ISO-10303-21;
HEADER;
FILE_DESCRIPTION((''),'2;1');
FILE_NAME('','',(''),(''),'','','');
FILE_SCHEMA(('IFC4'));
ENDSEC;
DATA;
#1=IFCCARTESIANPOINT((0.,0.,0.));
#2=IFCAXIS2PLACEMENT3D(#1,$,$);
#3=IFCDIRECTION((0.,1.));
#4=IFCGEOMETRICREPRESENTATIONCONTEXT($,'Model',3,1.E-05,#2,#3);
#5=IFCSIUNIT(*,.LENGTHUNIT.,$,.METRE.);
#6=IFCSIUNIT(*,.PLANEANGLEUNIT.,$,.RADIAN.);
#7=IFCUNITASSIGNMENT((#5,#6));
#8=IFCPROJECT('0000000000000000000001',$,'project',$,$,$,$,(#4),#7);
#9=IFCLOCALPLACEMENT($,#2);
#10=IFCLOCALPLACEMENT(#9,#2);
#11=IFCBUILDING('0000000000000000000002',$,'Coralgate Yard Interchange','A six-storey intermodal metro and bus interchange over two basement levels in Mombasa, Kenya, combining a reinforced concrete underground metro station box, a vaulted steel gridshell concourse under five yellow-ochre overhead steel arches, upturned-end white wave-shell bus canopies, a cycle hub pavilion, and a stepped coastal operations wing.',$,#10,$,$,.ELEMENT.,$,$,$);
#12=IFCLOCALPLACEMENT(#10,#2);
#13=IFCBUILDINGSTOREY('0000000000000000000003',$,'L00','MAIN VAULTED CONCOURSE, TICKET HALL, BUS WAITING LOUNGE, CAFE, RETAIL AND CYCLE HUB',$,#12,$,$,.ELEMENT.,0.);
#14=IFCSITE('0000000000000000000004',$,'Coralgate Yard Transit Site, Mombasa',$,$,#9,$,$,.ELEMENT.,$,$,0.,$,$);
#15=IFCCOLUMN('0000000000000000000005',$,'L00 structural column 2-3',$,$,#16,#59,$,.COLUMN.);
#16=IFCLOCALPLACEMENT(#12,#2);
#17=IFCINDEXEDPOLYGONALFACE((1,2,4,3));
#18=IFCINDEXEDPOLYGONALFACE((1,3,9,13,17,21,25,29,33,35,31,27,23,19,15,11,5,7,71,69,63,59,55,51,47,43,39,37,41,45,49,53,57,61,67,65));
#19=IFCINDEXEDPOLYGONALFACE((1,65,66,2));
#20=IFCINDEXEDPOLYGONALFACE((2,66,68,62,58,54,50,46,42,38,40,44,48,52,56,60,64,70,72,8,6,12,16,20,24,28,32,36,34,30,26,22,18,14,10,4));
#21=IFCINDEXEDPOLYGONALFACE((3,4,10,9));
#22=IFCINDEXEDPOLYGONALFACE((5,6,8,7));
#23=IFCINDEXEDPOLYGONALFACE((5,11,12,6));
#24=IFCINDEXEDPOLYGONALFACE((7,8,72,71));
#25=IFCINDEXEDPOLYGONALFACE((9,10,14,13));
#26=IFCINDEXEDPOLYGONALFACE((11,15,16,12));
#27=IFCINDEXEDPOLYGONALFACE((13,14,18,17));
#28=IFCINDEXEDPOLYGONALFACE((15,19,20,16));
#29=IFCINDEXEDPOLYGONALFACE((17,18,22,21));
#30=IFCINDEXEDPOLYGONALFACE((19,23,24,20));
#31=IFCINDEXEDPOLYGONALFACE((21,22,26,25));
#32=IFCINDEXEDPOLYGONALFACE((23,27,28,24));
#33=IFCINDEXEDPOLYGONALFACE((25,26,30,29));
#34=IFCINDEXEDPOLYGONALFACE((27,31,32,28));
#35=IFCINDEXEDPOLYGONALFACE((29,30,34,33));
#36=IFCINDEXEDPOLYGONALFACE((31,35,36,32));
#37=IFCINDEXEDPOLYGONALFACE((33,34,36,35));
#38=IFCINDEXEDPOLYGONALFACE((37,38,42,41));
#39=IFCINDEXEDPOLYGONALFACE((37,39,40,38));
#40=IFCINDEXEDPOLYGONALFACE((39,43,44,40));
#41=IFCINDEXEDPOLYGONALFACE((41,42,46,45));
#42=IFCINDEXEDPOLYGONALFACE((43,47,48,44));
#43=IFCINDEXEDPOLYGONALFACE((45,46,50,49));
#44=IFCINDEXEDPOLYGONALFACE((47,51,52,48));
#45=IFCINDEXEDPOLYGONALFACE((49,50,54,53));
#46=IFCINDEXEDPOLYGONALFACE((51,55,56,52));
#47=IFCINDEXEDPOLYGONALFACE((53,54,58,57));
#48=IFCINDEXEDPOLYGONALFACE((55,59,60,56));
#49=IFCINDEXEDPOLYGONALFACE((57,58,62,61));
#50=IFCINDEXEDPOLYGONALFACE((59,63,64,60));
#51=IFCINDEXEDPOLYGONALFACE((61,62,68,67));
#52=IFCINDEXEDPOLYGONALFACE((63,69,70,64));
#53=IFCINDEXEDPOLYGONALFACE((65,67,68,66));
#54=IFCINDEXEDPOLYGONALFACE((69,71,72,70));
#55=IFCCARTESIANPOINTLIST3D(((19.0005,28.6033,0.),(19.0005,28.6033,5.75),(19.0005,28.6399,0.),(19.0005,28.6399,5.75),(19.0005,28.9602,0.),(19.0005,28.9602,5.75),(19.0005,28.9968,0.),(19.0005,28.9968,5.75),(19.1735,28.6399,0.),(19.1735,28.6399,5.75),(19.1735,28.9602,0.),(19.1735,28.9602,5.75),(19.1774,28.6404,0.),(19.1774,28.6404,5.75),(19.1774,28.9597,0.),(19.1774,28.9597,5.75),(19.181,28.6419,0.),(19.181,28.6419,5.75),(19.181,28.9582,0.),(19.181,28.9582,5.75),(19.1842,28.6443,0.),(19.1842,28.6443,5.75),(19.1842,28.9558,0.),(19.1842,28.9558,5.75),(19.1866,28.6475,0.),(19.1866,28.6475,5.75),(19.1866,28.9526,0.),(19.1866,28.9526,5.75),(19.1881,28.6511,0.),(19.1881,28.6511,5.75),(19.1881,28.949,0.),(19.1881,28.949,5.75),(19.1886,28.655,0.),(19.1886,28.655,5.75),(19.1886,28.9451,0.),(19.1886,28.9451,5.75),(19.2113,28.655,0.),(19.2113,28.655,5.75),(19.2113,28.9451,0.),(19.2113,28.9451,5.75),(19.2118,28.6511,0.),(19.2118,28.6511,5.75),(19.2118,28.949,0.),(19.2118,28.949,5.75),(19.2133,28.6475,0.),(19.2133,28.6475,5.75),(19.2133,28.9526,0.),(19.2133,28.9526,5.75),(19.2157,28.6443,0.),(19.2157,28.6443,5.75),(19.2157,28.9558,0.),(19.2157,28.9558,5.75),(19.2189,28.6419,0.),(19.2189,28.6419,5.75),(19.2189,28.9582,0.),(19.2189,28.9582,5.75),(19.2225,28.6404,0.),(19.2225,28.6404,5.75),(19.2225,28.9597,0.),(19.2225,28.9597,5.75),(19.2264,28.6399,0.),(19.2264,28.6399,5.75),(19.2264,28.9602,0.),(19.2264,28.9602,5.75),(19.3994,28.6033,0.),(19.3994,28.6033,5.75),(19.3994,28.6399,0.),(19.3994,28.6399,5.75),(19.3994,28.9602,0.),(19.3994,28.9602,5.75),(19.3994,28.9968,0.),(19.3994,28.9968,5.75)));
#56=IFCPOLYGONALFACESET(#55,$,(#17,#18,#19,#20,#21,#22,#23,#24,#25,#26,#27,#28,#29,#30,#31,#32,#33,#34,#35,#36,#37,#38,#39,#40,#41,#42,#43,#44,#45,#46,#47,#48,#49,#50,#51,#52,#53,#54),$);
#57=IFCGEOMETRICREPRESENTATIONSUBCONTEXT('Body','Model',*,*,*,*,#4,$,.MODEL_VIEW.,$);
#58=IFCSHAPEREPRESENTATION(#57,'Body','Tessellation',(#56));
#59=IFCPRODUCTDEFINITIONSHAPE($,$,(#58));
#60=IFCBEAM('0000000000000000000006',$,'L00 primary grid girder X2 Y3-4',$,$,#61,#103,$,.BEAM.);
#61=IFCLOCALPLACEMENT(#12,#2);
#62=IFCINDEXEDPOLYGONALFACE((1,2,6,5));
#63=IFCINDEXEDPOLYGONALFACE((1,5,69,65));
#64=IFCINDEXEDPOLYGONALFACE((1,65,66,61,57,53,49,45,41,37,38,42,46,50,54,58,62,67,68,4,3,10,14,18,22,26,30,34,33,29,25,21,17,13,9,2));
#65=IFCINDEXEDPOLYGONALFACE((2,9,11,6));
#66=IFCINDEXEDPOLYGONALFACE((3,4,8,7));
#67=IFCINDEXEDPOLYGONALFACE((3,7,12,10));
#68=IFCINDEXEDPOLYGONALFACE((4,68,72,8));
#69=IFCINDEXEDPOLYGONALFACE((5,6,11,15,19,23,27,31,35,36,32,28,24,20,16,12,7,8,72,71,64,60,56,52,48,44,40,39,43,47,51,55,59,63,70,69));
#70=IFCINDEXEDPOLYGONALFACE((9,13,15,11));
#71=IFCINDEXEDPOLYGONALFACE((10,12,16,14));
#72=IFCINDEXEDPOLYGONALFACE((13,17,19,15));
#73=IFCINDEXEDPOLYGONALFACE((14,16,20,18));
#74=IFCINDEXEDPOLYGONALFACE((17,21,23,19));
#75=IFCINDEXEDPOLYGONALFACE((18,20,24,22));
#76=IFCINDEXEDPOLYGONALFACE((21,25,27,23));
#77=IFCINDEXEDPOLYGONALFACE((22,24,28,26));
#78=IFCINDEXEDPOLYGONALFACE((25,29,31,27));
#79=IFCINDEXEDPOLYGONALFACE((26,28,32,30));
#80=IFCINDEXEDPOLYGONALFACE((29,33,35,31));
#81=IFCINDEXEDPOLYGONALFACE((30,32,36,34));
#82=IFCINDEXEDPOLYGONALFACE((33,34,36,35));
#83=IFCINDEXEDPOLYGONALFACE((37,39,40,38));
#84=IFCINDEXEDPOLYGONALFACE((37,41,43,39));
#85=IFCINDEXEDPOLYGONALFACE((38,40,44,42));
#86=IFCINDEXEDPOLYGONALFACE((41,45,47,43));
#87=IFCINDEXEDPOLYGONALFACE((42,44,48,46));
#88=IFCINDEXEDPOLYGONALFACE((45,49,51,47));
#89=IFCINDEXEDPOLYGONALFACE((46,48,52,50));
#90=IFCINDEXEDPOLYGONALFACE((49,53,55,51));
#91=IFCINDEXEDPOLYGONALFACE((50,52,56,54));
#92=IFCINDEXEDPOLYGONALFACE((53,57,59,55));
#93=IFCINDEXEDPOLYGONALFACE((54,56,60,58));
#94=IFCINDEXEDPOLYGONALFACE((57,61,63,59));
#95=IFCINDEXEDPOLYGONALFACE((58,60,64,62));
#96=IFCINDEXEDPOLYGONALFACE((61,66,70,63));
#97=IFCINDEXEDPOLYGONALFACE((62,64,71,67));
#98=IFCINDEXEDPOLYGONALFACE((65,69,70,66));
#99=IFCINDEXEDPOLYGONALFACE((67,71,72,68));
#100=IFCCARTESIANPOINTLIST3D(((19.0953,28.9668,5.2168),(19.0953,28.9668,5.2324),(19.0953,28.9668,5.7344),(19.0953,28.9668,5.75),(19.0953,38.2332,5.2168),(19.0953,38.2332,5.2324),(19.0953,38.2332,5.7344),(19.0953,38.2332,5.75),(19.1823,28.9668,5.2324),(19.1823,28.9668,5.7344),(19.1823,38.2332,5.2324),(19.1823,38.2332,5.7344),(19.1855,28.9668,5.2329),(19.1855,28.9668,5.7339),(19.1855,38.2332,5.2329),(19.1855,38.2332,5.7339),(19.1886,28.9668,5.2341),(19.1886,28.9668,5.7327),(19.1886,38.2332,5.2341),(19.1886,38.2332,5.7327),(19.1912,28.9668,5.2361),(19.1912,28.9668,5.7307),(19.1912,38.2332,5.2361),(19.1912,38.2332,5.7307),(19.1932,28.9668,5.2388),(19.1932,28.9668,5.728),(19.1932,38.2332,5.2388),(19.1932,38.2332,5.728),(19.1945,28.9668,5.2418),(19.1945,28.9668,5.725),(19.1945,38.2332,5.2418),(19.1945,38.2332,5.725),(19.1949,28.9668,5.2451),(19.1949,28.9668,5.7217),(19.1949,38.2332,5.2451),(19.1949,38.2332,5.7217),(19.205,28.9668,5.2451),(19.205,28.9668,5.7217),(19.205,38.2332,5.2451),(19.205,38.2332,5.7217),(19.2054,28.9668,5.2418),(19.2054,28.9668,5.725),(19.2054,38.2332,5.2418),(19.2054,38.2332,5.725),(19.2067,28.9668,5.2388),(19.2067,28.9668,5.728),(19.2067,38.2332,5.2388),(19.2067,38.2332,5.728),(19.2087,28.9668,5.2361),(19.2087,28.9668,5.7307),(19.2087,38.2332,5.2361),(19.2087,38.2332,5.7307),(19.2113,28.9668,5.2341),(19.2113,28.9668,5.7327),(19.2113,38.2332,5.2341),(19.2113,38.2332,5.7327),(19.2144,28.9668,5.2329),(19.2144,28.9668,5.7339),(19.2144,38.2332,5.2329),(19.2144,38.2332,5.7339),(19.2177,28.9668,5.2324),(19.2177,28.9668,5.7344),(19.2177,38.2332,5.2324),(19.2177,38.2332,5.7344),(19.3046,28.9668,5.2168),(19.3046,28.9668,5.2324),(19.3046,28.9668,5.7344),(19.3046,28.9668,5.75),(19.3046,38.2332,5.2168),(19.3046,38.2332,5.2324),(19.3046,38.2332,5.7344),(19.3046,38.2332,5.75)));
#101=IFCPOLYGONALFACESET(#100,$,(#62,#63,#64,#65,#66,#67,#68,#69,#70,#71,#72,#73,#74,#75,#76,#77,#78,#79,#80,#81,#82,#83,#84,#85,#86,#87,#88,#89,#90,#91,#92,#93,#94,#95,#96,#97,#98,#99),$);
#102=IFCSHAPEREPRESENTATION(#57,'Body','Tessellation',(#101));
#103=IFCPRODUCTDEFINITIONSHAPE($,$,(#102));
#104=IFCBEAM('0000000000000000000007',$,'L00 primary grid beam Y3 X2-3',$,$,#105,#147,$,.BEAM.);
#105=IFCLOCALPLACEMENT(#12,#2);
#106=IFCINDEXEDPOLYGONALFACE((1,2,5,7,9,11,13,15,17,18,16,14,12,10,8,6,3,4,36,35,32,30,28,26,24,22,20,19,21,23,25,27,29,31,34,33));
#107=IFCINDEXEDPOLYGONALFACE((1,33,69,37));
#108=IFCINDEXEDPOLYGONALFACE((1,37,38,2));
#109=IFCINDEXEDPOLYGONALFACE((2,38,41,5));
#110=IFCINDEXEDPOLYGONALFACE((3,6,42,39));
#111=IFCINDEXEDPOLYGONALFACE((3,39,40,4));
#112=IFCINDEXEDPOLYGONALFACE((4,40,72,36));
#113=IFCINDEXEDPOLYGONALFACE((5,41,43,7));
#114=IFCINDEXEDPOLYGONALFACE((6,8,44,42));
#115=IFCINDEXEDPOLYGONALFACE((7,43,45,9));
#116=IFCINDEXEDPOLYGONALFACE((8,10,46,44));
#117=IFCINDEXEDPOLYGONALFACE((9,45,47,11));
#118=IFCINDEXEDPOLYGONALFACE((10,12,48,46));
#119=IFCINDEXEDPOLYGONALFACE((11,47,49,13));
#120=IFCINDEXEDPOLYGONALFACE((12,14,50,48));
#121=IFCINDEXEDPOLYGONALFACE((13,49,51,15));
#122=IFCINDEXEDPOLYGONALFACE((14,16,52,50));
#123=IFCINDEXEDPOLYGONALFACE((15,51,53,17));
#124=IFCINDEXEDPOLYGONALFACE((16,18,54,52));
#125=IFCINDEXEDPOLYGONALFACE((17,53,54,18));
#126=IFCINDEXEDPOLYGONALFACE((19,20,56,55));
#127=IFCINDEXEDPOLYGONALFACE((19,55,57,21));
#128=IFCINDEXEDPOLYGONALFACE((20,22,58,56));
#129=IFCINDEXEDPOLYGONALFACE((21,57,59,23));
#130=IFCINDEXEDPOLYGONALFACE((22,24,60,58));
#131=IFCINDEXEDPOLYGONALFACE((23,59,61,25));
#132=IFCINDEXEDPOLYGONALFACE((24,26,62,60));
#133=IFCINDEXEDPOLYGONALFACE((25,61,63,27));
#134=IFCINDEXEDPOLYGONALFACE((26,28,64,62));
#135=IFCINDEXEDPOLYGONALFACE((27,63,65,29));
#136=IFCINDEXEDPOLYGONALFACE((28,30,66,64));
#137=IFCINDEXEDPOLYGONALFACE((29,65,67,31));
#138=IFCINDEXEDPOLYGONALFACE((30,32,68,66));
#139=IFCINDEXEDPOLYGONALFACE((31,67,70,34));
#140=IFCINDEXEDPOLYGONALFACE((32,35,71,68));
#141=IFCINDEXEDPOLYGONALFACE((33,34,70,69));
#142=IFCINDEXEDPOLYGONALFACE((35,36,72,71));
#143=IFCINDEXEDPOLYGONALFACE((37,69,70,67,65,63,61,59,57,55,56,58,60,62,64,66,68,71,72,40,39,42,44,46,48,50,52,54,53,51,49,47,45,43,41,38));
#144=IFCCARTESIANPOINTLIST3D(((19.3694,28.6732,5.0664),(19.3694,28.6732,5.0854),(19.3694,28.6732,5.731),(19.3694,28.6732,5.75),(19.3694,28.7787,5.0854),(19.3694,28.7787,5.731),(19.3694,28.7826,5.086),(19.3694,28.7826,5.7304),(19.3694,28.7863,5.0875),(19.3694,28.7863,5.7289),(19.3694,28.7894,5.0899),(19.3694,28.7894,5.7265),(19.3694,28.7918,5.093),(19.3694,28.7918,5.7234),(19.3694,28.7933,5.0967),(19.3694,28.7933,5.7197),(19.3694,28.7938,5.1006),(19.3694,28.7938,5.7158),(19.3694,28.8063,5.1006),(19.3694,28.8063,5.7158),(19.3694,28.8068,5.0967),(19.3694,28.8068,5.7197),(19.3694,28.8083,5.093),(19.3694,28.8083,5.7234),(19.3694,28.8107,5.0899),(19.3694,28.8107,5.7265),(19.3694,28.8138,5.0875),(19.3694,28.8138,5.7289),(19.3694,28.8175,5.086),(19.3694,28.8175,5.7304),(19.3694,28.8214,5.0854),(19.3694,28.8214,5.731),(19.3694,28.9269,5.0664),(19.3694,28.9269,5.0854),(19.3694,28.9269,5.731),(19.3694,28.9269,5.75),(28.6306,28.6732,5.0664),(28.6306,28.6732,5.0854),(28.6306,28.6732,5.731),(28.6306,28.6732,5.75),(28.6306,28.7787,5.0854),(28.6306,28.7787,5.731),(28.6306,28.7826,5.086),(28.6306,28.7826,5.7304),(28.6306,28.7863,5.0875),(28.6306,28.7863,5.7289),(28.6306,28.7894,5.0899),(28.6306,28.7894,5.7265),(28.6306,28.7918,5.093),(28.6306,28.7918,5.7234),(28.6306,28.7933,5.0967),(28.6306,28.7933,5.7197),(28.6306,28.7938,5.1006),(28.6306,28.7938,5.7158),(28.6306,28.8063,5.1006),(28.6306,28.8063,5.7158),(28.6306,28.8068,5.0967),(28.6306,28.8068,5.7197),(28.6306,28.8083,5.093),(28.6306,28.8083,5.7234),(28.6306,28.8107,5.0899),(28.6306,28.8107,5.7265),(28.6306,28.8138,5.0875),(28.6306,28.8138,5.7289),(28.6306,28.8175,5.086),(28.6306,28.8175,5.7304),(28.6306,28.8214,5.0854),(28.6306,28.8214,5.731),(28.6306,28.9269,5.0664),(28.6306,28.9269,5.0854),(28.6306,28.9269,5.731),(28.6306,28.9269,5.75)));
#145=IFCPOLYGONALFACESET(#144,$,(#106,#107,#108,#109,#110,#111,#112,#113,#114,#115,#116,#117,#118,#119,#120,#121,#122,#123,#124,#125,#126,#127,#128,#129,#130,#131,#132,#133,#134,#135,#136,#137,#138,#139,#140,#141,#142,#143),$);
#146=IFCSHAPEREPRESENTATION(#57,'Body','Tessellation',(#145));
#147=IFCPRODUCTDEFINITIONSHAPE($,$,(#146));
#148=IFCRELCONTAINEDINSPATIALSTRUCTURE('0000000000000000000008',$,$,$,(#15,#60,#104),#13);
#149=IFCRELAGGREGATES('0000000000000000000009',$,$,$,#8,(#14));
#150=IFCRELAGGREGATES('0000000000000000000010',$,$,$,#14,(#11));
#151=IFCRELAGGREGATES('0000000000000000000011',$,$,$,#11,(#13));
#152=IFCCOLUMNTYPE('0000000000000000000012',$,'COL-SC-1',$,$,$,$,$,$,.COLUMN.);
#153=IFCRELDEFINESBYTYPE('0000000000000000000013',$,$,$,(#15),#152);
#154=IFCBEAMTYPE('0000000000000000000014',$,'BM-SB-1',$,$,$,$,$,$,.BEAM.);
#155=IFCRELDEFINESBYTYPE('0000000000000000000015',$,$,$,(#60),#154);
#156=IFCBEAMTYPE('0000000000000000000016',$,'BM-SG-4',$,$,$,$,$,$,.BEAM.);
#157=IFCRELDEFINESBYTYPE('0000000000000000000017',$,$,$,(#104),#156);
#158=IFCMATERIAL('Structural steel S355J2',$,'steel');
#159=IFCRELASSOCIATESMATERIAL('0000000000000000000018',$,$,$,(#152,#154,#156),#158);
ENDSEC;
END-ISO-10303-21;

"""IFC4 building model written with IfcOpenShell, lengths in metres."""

from ifc_helpers import new_model, si_unit, direction, frame, origin, origin_2d, place, context, subcontext, project, spatial, i_section, extrude, material, material_profile, profile_set, type_object, element, save


model = new_model("IFC4")

# Units and contexts
model_context = context("Model", 3, precision=1e-05, world=origin(), true_north=direction((0.0, 1.0)))
body_context = subcontext(model_context, "Body", "Model", "MODEL_VIEW")
ifc_project = project(units=[si_unit("LENGTHUNIT", "METRE"), si_unit("PLANEANGLEUNIT", "RADIAN")], contexts=[model_context])

# Site, building, storey
site_placement = place(None, origin())
site = spatial("IfcSite", under=ifc_project, at=site_placement, Name="Coralgate Yard Transit Site, Mombasa", CompositionType="ELEMENT", RefElevation=0.0)
building_placement = place(site_placement, origin())
building = spatial("IfcBuilding", under=site, at=building_placement, Name="Coralgate Yard Interchange", Description="A six-storey intermodal metro and bus interchange over two basement levels in Mombasa, Kenya, combining a reinforced concrete underground metro station box, a vaulted steel gridshell concourse under five yellow-ochre overhead steel arches, upturned-end white wave-shell bus canopies, a cycle hub pavilion, and a stepped coastal operations wing.", CompositionType="ELEMENT")
storey_placement = place(building_placement, origin())
storey = spatial("IfcBuildingStorey", under=building, at=storey_placement, Name="L00", Description="MAIN VAULTED CONCOURSE, TICKET HALL, BUS WAITING LOUNGE, CAFE, RETAIL AND CYCLE HUB", CompositionType="ELEMENT", Elevation=0.0)

# Column
ifc_material_1 = material(Name="Structural steel S355J2", Category="steel")
ifc_material_profile_1 = material_profile(ifc_material_1, i_section(OverallWidth=0.3989, OverallDepth=0.3936, WebThickness=0.0227, FlangeThickness=0.0366, FilletRadius=0.0151, at=origin_2d()), Name="UC 356x406x287")
ifc_profile_set_1 = profile_set([ifc_material_profile_1], Name="Structural steel S355J2")
column_type = type_object("IfcColumnType", Name="COL-SC-1", PredefinedType="COLUMN", material=ifc_profile_set_1)
column_placement = place(storey_placement, frame((19.2, 28.8, 0.0), z_axis=(0.0, 0.0, 1.0), x_axis=(1.0, 0.0, 0.0)))
element("IfcColumn", 1, at=column_placement, inside=storey, type_object=column_type, Name="L00 structural column 2-3", PredefinedType="COLUMN", context=body_context, shape_type="SweptSolid", body=[
    extrude(i_section(OverallWidth=0.3989, OverallDepth=0.3936, WebThickness=0.0227, FlangeThickness=0.0366, FilletRadius=0.0151, at=origin_2d()), origin(), (0.0, 0.0, 1.0), 5.75),
])

# Beams
ifc_material_profile_2 = material_profile(ifc_material_1, i_section(OverallWidth=0.2092, OverallDepth=0.5332, WebThickness=0.01, FlangeThickness=0.0156, FilletRadius=0.0127, at=origin_2d()), Name="UB 533x210x92")
ifc_profile_set_2 = profile_set([ifc_material_profile_2], Name="Structural steel S355J2")
beam_type_1 = type_object("IfcBeamType", Name="BM-SB-1", PredefinedType="BEAM", material=ifc_profile_set_2)
beam_1_placement = place(storey_placement, frame((19.2, 28.9668, 5.4834), z_axis=(0.0, 1.0, 0.0), x_axis=(-1.0, 0.0, 0.0)))
element("IfcBeam", 2, at=beam_1_placement, inside=storey, type_object=beam_type_1, Name="L00 primary grid girder X2 Y3-4", PredefinedType="BEAM", context=body_context, shape_type="SweptSolid", body=[
    extrude(i_section(OverallWidth=0.2092, OverallDepth=0.5332, WebThickness=0.01, FlangeThickness=0.0156, FilletRadius=0.0127, at=origin_2d()), origin(), (0.0, 0.0, 1.0), 9.2664),
])
ifc_material_profile_3 = material_profile(ifc_material_1, i_section(OverallWidth=0.2537, OverallDepth=0.6836, WebThickness=0.0125, FlangeThickness=0.019, FilletRadius=0.0151, at=origin_2d()), Name="UB 686x254x140")
ifc_profile_set_3 = profile_set([ifc_material_profile_3], Name="Structural steel S355J2")
beam_type_2 = type_object("IfcBeamType", Name="BM-SG-4", PredefinedType="BEAM", material=ifc_profile_set_3)
beam_2_placement = place(storey_placement, frame((19.3694, 28.8, 5.4082), z_axis=(1.0, 0.0, 0.0), x_axis=(0.0, 1.0, 0.0)))
element("IfcBeam", 3, at=beam_2_placement, inside=storey, type_object=beam_type_2, Name="L00 primary grid beam Y3 X2-3", PredefinedType="BEAM", context=body_context, shape_type="SweptSolid", body=[
    extrude(i_section(OverallWidth=0.2537, OverallDepth=0.6836, WebThickness=0.0125, FlangeThickness=0.019, FilletRadius=0.0151, at=origin_2d()), origin(), (0.0, 0.0, 1.0), 9.2612),
])

save(model, "model.ifc")
